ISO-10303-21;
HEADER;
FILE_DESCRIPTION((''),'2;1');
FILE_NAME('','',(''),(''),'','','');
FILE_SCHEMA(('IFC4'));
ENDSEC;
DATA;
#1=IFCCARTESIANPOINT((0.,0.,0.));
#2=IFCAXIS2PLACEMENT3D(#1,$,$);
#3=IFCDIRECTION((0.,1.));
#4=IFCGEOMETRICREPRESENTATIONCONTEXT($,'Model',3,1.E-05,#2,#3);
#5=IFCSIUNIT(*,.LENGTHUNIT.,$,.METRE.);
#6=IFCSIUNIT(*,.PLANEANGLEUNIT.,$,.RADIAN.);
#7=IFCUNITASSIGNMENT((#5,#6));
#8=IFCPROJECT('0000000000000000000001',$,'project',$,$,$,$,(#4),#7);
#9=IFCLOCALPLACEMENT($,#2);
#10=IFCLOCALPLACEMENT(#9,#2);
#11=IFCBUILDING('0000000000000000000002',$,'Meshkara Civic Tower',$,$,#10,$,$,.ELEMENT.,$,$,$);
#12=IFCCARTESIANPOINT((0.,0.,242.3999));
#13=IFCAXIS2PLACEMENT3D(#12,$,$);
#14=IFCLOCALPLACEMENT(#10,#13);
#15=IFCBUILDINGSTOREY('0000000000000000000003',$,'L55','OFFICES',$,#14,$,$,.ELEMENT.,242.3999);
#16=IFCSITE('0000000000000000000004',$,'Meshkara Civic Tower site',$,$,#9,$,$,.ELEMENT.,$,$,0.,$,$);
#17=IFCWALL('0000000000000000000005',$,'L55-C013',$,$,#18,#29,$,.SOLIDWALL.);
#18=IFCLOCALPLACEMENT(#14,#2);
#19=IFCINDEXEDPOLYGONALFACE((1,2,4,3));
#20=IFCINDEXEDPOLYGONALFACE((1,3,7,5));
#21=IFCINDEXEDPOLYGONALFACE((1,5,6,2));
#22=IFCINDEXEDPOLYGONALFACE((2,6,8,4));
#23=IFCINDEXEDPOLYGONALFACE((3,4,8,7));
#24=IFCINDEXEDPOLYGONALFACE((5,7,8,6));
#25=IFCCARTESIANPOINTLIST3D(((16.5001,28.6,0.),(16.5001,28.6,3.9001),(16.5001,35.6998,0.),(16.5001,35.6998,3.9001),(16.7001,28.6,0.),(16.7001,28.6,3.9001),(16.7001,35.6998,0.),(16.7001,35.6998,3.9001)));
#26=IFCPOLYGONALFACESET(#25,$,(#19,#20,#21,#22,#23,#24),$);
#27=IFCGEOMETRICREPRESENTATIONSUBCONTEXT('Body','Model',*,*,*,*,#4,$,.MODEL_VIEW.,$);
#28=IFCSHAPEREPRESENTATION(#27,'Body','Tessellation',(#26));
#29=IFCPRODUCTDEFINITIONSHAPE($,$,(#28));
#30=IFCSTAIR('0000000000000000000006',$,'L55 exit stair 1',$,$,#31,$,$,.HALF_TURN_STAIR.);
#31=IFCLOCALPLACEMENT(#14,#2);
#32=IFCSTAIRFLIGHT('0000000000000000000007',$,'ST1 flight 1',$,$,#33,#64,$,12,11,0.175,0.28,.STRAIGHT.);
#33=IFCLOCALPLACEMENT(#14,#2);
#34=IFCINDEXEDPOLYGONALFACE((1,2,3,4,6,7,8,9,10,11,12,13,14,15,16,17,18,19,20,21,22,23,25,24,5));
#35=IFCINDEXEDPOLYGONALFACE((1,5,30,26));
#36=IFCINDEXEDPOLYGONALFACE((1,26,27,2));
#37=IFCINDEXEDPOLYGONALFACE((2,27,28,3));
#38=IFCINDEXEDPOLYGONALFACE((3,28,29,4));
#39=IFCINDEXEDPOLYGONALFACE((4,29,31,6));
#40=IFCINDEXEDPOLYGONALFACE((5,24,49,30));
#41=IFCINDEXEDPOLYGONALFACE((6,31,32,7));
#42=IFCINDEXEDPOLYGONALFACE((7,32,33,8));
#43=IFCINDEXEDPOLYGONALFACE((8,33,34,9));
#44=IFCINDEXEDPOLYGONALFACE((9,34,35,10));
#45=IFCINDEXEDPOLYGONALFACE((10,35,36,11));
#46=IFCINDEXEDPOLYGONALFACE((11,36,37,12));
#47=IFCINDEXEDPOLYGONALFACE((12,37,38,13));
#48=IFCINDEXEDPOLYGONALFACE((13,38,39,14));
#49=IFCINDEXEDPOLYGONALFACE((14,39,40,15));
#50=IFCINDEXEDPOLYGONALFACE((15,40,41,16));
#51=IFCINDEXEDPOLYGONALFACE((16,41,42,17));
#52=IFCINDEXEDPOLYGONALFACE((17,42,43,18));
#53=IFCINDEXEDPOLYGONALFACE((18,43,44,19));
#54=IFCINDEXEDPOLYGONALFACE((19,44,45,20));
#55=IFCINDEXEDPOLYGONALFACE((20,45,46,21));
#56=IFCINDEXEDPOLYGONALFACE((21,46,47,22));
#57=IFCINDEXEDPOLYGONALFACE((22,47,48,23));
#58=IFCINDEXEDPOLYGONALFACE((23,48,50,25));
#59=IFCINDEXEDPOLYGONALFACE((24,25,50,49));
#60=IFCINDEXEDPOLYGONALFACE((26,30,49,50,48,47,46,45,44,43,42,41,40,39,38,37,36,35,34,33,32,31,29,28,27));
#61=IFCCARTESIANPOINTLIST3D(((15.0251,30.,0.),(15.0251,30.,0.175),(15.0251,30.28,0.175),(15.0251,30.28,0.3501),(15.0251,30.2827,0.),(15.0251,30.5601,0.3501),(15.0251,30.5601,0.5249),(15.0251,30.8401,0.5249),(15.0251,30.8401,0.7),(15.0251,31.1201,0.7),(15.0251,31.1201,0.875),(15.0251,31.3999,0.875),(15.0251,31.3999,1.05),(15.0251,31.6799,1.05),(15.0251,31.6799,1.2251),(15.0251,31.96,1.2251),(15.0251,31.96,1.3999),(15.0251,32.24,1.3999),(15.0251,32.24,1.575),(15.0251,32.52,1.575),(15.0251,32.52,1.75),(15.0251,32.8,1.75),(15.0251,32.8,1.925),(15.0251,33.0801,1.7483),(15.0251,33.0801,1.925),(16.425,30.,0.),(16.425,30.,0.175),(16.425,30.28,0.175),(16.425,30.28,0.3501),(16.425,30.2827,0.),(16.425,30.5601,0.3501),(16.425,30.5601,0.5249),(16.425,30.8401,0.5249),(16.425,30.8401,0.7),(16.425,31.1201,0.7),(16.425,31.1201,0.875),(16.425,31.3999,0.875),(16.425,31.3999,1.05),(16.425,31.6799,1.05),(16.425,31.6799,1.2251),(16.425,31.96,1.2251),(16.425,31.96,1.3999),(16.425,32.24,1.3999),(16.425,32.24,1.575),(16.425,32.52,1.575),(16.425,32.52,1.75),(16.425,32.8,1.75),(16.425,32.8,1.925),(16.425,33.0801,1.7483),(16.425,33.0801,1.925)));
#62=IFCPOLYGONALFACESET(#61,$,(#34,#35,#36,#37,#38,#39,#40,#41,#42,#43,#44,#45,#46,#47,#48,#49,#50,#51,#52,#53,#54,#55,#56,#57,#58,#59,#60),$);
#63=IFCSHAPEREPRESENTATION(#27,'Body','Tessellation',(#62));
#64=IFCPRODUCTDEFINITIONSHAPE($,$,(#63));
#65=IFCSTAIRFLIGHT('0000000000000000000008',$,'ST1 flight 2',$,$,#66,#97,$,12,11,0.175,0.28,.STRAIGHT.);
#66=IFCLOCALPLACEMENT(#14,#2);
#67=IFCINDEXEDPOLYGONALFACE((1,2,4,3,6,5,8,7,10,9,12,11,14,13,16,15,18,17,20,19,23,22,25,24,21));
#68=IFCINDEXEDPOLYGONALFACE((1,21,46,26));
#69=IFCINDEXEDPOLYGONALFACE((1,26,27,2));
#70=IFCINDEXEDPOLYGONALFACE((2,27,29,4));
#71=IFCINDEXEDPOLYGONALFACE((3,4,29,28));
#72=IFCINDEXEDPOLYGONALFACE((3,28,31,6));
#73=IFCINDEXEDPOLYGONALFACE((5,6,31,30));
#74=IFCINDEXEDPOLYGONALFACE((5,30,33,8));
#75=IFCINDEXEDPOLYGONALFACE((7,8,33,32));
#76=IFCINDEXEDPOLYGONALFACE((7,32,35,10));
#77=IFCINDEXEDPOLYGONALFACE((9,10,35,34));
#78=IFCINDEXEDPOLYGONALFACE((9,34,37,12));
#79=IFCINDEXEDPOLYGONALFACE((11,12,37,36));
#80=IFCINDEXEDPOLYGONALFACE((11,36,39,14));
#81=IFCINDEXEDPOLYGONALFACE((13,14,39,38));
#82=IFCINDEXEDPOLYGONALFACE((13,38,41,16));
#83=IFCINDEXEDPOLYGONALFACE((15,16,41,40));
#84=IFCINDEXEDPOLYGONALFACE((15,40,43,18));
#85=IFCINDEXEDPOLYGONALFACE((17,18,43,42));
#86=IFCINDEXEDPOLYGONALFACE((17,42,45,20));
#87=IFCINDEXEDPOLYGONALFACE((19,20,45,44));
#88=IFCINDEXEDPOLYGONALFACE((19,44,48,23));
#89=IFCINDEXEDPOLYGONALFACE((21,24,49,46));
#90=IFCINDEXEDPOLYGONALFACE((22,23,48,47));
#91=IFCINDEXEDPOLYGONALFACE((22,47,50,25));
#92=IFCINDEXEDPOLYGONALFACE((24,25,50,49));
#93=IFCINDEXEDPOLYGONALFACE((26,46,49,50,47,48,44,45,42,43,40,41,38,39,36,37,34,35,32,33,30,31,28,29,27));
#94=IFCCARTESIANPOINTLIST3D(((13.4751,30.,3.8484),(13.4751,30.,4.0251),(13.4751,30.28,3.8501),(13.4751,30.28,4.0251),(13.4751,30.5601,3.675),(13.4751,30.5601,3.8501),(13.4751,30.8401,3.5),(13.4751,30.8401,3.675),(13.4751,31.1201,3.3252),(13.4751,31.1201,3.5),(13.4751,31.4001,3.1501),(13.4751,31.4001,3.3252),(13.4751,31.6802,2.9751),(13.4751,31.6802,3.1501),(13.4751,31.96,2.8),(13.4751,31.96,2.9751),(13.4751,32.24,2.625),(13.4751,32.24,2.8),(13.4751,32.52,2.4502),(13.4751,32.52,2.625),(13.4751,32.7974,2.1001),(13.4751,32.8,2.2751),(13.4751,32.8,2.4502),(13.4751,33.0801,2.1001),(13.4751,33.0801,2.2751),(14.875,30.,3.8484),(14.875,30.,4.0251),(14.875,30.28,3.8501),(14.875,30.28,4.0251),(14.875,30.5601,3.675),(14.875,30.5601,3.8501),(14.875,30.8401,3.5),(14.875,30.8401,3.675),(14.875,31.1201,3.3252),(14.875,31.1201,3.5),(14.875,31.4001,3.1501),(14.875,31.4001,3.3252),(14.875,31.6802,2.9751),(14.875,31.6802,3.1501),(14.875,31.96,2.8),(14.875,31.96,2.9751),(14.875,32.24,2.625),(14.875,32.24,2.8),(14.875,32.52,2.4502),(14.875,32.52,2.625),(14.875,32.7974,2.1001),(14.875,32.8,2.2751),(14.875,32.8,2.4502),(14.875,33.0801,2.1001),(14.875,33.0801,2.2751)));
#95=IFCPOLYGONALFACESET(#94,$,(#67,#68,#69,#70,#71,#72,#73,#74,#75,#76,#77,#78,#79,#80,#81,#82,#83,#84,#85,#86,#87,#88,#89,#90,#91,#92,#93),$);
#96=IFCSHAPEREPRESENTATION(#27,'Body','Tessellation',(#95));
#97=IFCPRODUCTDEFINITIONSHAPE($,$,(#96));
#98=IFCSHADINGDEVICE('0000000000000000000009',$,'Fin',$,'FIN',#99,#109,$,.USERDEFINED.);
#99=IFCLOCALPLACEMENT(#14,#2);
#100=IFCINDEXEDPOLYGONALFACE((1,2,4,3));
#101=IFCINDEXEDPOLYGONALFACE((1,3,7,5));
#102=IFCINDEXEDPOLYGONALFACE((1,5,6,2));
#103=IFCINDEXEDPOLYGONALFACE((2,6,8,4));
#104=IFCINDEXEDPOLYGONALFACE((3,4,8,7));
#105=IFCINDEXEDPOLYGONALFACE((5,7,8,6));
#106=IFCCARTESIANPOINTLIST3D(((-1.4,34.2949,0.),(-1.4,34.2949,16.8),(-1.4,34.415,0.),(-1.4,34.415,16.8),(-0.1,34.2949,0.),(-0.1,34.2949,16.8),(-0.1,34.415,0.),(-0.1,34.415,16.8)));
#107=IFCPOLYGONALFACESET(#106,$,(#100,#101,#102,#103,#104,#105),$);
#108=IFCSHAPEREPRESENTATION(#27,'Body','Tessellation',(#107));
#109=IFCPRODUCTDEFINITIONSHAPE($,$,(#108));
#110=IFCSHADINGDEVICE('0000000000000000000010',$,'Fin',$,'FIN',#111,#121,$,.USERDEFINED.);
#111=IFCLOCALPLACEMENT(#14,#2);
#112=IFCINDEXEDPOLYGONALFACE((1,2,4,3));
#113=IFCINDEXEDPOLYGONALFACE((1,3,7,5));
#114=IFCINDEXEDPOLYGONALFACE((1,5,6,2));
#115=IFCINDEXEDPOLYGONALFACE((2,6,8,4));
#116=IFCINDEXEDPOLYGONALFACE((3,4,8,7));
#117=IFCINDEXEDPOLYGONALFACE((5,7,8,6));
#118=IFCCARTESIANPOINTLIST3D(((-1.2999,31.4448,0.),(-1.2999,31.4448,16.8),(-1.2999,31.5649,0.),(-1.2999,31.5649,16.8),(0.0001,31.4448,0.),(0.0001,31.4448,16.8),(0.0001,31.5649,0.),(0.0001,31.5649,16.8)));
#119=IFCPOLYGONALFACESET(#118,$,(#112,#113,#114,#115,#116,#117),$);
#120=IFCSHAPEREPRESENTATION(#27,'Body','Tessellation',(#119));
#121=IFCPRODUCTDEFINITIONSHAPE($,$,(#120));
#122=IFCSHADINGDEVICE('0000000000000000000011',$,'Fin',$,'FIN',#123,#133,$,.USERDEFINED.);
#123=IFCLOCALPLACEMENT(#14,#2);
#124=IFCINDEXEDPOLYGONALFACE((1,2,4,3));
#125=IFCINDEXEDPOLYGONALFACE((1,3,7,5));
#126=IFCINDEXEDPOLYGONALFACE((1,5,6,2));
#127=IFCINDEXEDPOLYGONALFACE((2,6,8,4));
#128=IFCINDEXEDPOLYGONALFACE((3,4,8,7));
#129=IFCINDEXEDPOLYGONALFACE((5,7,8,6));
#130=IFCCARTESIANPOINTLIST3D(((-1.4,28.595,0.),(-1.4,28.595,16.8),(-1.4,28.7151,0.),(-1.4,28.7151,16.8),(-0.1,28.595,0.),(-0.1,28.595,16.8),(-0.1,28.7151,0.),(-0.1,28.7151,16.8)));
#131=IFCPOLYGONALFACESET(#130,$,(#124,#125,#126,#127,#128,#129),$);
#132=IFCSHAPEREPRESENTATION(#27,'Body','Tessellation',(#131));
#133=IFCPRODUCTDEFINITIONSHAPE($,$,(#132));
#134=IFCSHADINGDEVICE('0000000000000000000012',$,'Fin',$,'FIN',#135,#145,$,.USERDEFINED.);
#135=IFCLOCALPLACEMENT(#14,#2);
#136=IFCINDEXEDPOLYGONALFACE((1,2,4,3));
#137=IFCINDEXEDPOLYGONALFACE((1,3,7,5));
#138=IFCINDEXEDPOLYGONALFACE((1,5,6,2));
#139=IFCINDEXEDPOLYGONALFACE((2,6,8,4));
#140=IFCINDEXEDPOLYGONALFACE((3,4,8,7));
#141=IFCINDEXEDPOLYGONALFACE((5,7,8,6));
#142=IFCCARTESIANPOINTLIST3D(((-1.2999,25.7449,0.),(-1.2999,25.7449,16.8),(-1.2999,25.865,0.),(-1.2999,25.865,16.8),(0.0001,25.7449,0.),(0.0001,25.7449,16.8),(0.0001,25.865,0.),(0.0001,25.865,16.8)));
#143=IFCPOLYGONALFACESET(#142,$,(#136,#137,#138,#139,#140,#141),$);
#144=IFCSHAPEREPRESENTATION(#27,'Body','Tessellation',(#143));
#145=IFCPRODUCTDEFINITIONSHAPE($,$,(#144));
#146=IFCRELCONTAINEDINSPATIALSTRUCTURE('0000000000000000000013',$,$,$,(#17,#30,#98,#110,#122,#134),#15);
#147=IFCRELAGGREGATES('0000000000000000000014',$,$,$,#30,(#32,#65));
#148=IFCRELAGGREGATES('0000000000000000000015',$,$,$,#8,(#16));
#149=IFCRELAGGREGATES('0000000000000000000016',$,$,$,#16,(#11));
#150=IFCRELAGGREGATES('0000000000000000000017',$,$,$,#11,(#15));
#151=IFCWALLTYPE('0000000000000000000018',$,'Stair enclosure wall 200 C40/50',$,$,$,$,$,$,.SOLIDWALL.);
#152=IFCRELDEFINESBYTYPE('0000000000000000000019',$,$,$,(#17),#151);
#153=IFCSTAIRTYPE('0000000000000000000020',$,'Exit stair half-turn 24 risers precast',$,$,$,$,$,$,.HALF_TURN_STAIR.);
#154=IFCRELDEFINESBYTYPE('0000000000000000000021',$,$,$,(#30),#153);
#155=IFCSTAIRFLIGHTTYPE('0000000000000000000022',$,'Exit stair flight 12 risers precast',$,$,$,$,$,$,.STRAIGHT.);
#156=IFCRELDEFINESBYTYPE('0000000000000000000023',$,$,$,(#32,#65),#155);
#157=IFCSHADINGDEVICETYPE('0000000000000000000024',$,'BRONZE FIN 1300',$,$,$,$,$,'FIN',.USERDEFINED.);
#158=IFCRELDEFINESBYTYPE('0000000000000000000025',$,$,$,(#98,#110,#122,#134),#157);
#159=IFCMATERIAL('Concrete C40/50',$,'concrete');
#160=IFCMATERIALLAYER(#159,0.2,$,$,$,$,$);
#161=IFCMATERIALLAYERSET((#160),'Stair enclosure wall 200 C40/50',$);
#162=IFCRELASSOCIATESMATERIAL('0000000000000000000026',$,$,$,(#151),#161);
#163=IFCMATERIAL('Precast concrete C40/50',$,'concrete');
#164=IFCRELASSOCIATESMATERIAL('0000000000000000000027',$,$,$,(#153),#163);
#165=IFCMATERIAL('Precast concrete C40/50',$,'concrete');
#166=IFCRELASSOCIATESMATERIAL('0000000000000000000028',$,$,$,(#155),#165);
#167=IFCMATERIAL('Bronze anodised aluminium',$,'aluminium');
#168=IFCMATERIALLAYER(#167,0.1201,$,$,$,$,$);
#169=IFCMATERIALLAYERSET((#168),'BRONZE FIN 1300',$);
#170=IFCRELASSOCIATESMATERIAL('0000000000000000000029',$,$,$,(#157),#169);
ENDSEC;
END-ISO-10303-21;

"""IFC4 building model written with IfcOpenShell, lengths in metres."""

from ifc_helpers import new_model, si_unit, direction, frame, frame_2d, origin, origin_2d, place, context, subcontext, project, spatial, polyline, rectangle, outline, extrude, material, layer, layer_set, type_object, element, aggregate, save


model = new_model("IFC4")

# Units and contexts
model_context = context("Model", 3, precision=1e-05, world=origin(), true_north=direction((0.0, 1.0)))
body_context = subcontext(model_context, "Body", "Model", "MODEL_VIEW")
ifc_project = project(units=[si_unit("LENGTHUNIT", "METRE"), si_unit("PLANEANGLEUNIT", "RADIAN")], contexts=[model_context])

# Site, building, storey
site_placement = place(None, origin())
site = spatial("IfcSite", under=ifc_project, at=site_placement, Name="Meshkara Civic Tower site", CompositionType="ELEMENT", RefElevation=0.0)
building_placement = place(site_placement, origin())
building = spatial("IfcBuilding", under=site, at=building_placement, Name="Meshkara Civic Tower", CompositionType="ELEMENT")
storey_placement = place(building_placement, frame((0.0, 0.0, 242.3999)))
storey = spatial("IfcBuildingStorey", under=building, at=storey_placement, Name="L55", Description="OFFICES", CompositionType="ELEMENT", Elevation=242.3999)

# Shared definitions
ifc_material_1 = material(Name="Concrete C40/50", Category="concrete")
ifc_layer_1 = layer(ifc_material_1, 0.2)
ifc_layer_set_1 = layer_set([ifc_layer_1], Name="Stair enclosure wall 200 C40/50")
wall_type_1 = type_object("IfcWallType", Name="Stair enclosure wall 200 C40/50", PredefinedType="SOLIDWALL", material=ifc_layer_set_1)

# Wall
wall_1_placement = place(storey_placement, frame((16.6001, 28.6001, 0.0), z_axis=(0.0, 0.0, 1.0), x_axis=(0.0, 1.0, 0.0)))
element("IfcWall", 1, at=wall_1_placement, inside=storey, type_object=wall_type_1, Name="L55-C013", PredefinedType="SOLIDWALL", context=body_context, shape_type="SweptSolid", body=[
    extrude(rectangle(XDim=7.0999, YDim=0.2, at=frame_2d((3.5498, 0.0))), origin(), (0.0, 0.0, 1.0), 3.9001),
])

# Stair, stair flights
ifc_material_2 = material(Name="Precast concrete C40/50", Category="concrete")
stair_type = type_object("IfcStairType", Name="Exit stair half-turn 24 risers precast", PredefinedType="HALF_TURN_STAIR", material=ifc_material_2)
stair_placement = place(storey_placement, origin())
stair = element("IfcStair", 2, at=stair_placement, inside=storey, type_object=stair_type, Name="L55 exit stair 1", PredefinedType="HALF_TURN_STAIR")
ifc_material_3 = material(Name="Precast concrete C40/50", Category="concrete")
stair_flight_type = type_object("IfcStairFlightType", Name="Exit stair flight 12 risers precast", PredefinedType="STRAIGHT", material=ifc_material_3)
stair_flight_1_placement = place(storey_placement, frame((15.7251, 30.0, 0.0), z_axis=(0.0, 0.0, 1.0), x_axis=(0.0, 1.0, 0.0)))
stair_flight_1 = element("IfcStairFlight", 3, at=stair_flight_1_placement, type_object=stair_flight_type, Name="ST1 flight 1", NumberOfRisers=12, NumberOfTreads=11, PredefinedType="STRAIGHT", RiserHeight=0.175, TreadLength=0.28, context=body_context, shape_type="SweptSolid", body=[
    extrude(outline(polyline([(0.0, 0.0), (0.0, 0.175), (0.28, 0.175), (0.28, 0.3501), (0.5601, 0.3501), (0.5601, 0.5249), (0.8401, 0.5249), (0.8401, 0.7), (1.1201, 0.7), (1.1201, 0.875), (1.3999, 0.875), (1.3999, 1.05), (1.6799, 1.05), (1.6799, 1.2251), (1.96, 1.2251), (1.96, 1.3999), (2.24, 1.3999), (2.24, 1.575), (2.52, 1.575), (2.52, 1.75), (2.8, 1.75), (2.8, 1.925), (3.0801, 1.925), (3.0801, 2.1001), (3.0801, 1.7483), (0.2827, 0.0), (0.0, 0.0)])), frame((0.0, 0.7, 0.0), z_axis=(0.0, -1.0, 0.0), x_axis=(1.0, 0.0, 0.0)), (0.0, 0.0, 1.0), 1.3999),
])
stair_flight_2_placement = place(storey_placement, frame((14.175, 33.0801, 2.1001), z_axis=(0.0, 0.0, 1.0), x_axis=(0.0, -1.0, 0.0)))
stair_flight_2 = element("IfcStairFlight", 4, at=stair_flight_2_placement, type_object=stair_flight_type, Name="ST1 flight 2", NumberOfRisers=12, NumberOfTreads=11, PredefinedType="STRAIGHT", RiserHeight=0.175, TreadLength=0.28, context=body_context, shape_type="SweptSolid", body=[
    extrude(outline(polyline([(0.0, 0.0), (0.0, 0.175), (0.28, 0.175), (0.28, 0.3501), (0.5601, 0.3501), (0.5601, 0.5249), (0.8401, 0.5249), (0.8401, 0.7), (1.1201, 0.7), (1.1201, 0.875), (1.3999, 0.875), (1.3999, 1.05), (1.6799, 1.05), (1.6799, 1.2251), (1.96, 1.2251), (1.96, 1.3999), (2.24, 1.3999), (2.24, 1.575), (2.52, 1.575), (2.52, 1.75), (2.8, 1.75), (2.8, 1.925), (3.0801, 1.925), (3.0801, 2.1001), (3.0801, 1.7483), (0.2827, 0.0), (0.0, 0.0)])), frame((0.0, 0.7, 0.0), z_axis=(0.0, -1.0, 0.0), x_axis=(1.0, 0.0, 0.0)), (0.0, 0.0, 1.0), 1.3999),
])
aggregate(stair, [stair_flight_1, stair_flight_2])

# Shading devices
ifc_material_4 = material(Name="Bronze anodised aluminium", Category="aluminium")
ifc_layer_2 = layer(ifc_material_4, 0.1201)
ifc_layer_set_2 = layer_set([ifc_layer_2], Name="BRONZE FIN 1300")
shading_device_type = type_object("IfcShadingDeviceType", Name="BRONZE FIN 1300", ElementType="FIN", PredefinedType="USERDEFINED", material=ifc_layer_set_2)
for number, where, z_axis, x_axis, name in (
    (5, (-0.75, 34.355, 0.0), (0.0, 0.0, 1.0), (0.0, -1.0, 0.0), "Fin"),
    (6, (-0.6499, 31.5049, 0.0), (0.0, 0.0, 1.0), (0.0, -1.0, 0.0), "Fin"),
    (7, (-0.75, 28.655, 0.0), (0.0, 0.0, 1.0), (0.0, -1.0, 0.0), "Fin"),
    (8, (-0.6499, 25.8049, 0.0), (0.0, 0.0, 1.0), (0.0, -1.0, 0.0), "Fin"),
):
    element("IfcShadingDevice", number, at=place(storey_placement, frame(where, z_axis=z_axis, x_axis=x_axis)), inside=storey, type_object=shading_device_type, Name=name, ObjectType="FIN", PredefinedType="USERDEFINED", context=body_context, shape_type="SweptSolid", body=[
        extrude(rectangle(XDim=0.1201, YDim=1.3, at=origin_2d()), origin(), (0.0, 0.0, 1.0), 16.8),
    ])

save(model, "model.ifc")
